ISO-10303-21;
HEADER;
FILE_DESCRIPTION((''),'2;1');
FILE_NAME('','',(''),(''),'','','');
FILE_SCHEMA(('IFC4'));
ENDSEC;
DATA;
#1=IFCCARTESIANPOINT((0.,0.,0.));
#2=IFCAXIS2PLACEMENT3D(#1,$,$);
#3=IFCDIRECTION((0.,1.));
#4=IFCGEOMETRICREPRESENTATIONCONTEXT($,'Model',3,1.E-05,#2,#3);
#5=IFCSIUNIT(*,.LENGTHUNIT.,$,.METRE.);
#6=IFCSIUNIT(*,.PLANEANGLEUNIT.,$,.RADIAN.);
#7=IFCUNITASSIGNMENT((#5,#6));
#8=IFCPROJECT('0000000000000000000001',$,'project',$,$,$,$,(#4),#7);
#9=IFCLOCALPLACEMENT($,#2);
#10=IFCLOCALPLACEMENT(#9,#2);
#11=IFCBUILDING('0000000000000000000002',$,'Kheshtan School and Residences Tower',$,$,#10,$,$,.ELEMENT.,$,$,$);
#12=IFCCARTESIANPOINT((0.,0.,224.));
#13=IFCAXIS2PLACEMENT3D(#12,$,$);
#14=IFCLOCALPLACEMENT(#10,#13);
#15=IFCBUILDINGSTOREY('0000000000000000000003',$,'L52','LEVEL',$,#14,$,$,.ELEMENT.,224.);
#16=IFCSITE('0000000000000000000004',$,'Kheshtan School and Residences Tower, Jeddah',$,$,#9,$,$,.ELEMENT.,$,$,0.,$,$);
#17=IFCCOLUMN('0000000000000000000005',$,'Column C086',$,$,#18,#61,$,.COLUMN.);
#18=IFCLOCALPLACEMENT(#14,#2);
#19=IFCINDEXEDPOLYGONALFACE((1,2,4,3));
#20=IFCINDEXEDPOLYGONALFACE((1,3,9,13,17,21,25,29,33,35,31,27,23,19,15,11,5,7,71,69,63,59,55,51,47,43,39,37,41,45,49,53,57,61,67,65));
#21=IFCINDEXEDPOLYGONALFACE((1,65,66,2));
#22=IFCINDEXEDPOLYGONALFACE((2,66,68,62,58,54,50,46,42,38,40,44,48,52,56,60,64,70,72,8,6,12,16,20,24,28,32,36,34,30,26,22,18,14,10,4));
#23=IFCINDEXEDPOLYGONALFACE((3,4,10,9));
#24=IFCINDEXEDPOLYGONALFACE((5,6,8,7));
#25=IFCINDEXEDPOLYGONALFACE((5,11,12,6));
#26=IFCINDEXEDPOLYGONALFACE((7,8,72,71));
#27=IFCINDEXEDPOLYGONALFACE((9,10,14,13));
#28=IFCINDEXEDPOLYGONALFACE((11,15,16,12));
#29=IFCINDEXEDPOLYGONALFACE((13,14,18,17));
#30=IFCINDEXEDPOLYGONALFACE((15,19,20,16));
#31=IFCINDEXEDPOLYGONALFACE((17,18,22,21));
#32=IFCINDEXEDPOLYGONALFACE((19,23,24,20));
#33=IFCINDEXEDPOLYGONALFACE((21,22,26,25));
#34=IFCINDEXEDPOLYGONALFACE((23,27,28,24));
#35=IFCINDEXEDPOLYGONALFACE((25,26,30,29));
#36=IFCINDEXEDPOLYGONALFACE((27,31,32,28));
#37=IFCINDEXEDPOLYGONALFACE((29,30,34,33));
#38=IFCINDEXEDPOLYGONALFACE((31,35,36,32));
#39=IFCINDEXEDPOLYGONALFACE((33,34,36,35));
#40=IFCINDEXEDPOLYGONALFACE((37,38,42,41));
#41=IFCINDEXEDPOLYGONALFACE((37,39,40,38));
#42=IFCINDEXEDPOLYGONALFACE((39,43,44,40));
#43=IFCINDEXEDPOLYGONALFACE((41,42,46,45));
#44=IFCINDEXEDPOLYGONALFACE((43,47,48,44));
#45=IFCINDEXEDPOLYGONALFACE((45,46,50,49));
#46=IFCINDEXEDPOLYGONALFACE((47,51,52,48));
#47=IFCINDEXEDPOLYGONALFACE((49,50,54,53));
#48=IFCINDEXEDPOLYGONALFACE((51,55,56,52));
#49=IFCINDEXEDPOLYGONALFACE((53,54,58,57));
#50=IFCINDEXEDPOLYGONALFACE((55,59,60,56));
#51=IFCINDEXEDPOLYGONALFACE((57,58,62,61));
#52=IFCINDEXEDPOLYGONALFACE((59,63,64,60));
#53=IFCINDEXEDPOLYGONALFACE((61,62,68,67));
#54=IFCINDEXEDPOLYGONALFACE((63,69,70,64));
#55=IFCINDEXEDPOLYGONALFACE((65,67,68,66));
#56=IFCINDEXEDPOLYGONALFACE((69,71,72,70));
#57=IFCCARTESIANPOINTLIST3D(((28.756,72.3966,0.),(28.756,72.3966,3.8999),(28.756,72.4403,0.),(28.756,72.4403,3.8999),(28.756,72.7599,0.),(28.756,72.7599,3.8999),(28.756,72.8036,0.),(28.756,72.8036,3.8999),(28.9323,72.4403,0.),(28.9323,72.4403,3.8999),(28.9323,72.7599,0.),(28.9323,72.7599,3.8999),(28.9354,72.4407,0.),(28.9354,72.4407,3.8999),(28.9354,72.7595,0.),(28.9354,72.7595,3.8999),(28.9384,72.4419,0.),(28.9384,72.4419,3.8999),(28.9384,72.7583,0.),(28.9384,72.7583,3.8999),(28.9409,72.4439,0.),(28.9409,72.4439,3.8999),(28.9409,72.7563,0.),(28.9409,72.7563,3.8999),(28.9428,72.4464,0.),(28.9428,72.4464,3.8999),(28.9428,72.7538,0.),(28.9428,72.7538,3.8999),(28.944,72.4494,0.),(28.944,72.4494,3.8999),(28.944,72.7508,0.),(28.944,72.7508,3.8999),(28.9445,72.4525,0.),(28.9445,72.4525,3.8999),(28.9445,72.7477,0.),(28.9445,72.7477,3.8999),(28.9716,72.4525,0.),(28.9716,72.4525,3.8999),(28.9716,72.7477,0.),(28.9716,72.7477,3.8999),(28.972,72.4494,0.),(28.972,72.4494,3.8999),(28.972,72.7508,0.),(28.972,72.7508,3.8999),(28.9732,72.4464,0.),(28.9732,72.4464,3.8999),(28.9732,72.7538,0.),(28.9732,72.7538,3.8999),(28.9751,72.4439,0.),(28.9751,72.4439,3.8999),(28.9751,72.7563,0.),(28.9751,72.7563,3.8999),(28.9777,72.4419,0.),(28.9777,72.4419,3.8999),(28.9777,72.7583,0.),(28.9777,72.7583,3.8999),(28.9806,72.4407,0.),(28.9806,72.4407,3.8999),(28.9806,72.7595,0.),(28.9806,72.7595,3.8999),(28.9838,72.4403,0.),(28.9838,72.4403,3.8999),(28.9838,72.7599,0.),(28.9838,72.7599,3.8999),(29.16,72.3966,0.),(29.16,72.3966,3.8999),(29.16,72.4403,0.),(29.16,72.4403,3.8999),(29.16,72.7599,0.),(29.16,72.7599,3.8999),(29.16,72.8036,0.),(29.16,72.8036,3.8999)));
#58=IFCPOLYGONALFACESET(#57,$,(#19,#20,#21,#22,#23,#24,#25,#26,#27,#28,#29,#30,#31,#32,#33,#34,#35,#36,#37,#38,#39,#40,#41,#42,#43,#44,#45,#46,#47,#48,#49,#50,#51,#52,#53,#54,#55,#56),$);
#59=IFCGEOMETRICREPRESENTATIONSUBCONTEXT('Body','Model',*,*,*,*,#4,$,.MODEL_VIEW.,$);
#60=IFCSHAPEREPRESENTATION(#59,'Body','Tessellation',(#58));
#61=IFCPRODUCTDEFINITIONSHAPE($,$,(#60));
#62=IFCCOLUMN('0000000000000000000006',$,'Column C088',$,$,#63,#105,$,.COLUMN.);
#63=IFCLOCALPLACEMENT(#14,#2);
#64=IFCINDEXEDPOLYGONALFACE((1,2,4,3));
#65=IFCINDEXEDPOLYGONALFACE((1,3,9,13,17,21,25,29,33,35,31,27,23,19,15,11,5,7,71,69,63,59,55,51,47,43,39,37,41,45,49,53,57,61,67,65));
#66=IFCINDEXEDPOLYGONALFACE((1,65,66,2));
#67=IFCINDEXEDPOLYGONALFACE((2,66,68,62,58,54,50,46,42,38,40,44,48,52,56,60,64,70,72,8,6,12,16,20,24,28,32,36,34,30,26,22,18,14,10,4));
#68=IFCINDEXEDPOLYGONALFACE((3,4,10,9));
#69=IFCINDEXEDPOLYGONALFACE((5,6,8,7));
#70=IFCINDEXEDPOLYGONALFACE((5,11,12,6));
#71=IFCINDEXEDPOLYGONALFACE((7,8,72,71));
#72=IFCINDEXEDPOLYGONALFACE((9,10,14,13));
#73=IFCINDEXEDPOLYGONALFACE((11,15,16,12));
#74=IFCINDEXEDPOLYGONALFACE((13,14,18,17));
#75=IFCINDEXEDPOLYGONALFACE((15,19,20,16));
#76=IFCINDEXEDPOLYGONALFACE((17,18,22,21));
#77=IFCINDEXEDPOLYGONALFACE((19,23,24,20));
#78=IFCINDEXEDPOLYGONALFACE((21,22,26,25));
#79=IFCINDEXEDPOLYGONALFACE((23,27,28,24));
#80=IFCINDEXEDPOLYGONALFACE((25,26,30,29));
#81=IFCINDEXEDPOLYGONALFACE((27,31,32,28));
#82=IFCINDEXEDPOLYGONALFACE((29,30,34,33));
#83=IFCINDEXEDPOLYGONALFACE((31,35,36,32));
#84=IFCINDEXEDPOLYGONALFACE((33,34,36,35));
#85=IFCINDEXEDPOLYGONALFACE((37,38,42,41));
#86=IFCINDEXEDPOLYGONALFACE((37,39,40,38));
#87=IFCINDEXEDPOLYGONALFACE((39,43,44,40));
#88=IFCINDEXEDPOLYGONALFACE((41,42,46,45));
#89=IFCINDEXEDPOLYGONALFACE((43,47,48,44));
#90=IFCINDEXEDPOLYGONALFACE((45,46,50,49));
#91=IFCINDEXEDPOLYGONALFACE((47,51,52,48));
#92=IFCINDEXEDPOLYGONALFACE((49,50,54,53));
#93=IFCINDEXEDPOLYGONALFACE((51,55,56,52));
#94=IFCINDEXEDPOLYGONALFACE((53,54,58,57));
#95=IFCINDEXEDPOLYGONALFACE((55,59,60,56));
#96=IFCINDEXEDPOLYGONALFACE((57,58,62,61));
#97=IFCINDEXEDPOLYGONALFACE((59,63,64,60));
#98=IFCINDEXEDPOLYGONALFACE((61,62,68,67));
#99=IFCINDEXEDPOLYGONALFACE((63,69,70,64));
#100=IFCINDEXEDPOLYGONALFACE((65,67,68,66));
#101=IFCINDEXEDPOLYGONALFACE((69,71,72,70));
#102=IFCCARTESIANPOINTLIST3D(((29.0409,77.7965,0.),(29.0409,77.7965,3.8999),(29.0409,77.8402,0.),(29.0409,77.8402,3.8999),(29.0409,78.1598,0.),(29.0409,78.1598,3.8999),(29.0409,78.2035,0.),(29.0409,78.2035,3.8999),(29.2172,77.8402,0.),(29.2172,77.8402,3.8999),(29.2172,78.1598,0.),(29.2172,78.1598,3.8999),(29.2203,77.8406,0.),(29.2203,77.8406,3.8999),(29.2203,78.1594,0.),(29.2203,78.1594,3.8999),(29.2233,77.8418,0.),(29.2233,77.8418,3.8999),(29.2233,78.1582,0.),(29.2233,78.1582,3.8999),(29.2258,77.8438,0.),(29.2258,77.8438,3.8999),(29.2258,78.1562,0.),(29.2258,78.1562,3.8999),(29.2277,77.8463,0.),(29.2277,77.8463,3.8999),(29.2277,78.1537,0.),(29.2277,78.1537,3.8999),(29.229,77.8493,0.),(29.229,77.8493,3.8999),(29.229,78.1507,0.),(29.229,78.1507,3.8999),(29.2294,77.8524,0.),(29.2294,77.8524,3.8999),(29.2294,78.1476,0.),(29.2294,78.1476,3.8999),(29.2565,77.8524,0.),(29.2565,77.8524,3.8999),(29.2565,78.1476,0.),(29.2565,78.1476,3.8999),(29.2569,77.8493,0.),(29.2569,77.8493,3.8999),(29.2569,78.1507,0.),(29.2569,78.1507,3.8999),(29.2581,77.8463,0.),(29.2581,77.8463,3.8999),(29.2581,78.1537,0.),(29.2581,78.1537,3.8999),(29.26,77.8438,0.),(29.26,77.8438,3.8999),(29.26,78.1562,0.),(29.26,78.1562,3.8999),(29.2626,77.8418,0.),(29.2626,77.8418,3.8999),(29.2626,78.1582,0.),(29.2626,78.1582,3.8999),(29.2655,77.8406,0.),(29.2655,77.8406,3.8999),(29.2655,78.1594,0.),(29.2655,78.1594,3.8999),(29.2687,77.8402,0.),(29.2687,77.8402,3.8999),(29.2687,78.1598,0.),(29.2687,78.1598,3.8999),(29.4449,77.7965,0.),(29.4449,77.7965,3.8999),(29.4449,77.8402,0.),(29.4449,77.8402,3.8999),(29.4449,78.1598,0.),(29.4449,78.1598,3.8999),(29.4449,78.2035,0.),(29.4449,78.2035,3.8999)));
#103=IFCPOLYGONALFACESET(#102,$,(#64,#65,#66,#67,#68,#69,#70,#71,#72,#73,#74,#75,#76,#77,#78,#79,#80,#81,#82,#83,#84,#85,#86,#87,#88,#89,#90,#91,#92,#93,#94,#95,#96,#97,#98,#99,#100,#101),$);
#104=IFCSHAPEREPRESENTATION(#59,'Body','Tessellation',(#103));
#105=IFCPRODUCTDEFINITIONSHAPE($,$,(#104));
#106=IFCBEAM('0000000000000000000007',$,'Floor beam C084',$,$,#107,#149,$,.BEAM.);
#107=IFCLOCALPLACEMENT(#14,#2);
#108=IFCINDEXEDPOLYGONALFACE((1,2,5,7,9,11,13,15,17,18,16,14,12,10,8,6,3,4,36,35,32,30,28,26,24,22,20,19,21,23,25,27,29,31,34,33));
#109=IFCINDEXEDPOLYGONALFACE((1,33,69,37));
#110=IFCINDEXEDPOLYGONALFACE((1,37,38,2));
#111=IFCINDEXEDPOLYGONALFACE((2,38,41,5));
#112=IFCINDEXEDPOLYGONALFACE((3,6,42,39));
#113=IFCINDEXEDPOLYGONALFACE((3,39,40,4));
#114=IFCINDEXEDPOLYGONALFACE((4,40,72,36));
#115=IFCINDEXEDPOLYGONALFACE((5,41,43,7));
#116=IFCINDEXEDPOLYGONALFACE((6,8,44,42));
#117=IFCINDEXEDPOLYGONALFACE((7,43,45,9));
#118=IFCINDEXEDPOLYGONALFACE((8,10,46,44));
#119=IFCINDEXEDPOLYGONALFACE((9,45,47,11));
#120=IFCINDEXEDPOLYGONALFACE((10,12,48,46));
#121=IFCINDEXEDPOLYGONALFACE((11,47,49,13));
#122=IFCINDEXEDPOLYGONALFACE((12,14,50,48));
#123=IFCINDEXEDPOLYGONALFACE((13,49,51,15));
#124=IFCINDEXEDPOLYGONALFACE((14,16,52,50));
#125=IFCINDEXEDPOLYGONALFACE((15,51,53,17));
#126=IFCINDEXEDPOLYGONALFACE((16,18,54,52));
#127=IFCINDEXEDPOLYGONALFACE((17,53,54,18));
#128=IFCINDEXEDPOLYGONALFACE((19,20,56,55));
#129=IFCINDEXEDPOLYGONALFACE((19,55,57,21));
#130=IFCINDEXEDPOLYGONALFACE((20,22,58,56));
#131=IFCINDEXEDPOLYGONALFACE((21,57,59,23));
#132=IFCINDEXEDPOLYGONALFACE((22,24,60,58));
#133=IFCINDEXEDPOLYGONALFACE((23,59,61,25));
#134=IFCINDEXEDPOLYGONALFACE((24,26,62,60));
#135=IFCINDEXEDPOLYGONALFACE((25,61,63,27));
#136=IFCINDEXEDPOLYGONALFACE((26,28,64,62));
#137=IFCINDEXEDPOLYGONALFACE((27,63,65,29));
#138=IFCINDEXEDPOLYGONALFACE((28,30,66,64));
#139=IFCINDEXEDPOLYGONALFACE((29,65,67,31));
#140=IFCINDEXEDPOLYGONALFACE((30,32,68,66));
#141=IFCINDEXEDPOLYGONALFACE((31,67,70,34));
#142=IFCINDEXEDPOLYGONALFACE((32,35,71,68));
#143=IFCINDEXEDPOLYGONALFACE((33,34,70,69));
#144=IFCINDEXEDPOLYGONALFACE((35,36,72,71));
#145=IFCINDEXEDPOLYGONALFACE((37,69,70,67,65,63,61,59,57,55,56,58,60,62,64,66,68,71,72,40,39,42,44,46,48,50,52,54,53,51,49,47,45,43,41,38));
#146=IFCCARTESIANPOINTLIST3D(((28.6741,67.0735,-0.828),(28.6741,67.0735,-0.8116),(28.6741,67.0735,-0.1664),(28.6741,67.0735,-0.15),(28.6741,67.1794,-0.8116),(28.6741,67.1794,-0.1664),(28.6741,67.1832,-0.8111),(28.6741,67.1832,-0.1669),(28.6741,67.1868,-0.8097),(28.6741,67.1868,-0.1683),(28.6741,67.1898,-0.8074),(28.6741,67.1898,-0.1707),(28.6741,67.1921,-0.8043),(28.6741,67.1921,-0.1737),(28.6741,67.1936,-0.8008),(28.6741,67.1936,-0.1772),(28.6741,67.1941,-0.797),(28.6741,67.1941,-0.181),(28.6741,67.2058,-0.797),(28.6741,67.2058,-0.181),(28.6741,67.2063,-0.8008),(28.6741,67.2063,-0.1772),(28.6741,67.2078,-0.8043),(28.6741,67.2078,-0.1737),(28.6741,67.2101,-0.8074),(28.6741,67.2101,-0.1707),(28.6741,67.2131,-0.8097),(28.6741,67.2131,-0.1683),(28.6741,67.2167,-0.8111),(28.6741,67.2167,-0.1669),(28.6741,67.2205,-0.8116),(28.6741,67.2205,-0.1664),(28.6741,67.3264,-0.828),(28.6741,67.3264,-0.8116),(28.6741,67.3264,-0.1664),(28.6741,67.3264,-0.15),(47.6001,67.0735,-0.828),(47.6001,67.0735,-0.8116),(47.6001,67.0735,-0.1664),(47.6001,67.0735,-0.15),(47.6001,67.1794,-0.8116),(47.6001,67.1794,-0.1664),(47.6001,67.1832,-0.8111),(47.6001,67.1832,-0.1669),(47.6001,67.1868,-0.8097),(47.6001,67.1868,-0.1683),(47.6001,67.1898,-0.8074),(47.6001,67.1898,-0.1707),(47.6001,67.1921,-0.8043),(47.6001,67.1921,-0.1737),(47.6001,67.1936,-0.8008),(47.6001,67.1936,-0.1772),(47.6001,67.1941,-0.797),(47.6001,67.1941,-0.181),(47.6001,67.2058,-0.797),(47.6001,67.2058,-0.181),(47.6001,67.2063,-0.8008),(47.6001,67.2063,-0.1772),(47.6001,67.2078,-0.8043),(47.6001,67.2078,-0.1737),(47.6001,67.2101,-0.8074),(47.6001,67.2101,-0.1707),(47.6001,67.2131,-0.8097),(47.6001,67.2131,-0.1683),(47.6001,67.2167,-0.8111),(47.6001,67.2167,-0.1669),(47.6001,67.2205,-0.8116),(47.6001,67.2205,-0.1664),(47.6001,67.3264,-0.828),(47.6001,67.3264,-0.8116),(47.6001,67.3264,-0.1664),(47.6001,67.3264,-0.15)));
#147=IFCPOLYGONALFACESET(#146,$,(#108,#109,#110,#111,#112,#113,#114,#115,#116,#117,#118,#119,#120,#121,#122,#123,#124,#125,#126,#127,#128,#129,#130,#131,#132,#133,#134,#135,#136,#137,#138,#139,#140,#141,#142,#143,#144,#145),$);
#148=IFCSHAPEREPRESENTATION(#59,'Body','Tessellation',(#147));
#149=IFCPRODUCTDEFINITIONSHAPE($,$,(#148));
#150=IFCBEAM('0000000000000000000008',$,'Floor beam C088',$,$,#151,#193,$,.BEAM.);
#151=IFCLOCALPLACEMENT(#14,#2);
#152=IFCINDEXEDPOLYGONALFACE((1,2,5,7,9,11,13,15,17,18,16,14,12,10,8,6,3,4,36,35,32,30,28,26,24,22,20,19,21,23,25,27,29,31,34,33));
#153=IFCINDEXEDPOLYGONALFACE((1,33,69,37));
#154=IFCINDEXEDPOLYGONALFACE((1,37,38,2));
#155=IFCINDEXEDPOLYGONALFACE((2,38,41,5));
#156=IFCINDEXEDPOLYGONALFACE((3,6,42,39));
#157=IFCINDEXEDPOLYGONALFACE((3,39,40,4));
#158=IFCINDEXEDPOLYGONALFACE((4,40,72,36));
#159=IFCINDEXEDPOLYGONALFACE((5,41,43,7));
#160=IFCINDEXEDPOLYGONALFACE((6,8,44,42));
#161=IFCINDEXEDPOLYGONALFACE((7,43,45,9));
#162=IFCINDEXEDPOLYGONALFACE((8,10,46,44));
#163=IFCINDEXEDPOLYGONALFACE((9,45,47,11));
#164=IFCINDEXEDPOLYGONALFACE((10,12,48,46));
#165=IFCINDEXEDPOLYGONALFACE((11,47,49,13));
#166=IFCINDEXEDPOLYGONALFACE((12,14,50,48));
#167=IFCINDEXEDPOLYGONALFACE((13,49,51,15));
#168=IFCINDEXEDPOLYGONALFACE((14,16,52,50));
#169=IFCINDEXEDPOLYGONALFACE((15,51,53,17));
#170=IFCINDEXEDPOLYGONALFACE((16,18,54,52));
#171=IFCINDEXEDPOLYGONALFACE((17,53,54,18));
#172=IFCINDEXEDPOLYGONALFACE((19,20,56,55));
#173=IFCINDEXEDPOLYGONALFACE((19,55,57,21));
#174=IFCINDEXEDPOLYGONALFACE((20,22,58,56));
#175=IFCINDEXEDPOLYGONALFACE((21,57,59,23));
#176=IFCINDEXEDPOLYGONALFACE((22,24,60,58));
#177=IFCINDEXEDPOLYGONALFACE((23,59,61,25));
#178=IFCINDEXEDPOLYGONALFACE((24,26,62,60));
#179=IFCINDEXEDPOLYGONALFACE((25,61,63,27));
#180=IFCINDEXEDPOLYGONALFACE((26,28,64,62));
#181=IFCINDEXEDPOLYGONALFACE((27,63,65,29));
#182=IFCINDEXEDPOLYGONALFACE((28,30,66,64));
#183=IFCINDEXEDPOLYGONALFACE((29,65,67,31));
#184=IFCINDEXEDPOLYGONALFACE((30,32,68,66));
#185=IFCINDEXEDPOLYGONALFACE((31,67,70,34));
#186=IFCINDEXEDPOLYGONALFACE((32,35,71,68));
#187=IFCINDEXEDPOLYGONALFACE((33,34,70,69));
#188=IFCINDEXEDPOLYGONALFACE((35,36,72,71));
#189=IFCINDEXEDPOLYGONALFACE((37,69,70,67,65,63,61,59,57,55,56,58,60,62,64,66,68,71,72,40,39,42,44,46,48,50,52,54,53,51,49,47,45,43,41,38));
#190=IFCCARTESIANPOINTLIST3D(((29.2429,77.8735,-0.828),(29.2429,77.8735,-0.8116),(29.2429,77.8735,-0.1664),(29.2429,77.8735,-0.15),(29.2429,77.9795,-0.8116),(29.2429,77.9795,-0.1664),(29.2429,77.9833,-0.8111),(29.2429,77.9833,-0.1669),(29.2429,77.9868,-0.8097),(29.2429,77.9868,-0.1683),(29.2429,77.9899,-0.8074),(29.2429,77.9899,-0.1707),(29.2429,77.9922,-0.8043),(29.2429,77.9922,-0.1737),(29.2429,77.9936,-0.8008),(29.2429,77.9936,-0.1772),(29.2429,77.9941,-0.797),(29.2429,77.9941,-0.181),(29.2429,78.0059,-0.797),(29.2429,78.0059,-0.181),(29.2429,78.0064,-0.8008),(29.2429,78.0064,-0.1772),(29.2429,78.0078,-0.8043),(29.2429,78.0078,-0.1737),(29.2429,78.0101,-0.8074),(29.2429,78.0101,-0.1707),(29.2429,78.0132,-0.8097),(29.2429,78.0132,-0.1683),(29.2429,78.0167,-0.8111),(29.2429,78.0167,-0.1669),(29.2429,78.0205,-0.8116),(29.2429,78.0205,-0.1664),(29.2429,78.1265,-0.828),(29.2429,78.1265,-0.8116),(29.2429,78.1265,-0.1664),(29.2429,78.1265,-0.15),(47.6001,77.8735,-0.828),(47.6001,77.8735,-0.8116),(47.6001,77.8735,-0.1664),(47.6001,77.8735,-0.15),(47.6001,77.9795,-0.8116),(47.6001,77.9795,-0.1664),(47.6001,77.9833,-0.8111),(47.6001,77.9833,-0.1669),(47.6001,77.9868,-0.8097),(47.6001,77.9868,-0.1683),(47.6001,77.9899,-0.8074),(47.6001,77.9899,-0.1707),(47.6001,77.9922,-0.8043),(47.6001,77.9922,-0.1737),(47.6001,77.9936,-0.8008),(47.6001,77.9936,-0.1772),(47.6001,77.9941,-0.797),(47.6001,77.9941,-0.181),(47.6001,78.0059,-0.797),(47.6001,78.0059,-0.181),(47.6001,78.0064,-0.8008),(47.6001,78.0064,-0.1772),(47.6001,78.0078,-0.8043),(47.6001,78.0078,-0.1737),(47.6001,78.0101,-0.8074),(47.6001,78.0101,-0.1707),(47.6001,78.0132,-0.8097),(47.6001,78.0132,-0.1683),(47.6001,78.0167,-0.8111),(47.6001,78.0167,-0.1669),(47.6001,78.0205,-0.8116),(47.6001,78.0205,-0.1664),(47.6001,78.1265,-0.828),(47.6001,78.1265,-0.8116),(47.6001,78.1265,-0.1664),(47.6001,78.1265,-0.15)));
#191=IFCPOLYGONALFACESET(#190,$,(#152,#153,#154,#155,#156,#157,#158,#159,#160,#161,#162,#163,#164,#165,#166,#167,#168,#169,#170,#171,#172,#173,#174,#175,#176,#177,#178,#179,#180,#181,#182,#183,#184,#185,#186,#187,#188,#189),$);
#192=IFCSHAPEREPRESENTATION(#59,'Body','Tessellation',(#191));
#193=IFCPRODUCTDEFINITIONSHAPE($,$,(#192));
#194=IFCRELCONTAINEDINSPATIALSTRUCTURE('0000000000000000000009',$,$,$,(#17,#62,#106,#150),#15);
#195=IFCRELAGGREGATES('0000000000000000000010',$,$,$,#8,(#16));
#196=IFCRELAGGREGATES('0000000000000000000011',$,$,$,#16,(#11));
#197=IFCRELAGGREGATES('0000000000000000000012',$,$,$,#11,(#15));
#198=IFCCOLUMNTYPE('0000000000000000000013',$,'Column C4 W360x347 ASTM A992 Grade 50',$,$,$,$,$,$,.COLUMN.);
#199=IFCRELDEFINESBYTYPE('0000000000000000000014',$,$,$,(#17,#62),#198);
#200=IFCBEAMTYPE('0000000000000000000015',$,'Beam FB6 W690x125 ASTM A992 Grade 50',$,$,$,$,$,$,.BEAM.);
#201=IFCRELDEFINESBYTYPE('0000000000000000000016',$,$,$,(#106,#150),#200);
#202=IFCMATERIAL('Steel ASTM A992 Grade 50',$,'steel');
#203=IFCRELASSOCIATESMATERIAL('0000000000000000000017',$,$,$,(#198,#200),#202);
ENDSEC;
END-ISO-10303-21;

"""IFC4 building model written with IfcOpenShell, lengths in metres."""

from ifc_helpers import new_model, si_unit, direction, frame, origin, origin_2d, place, context, subcontext, project, spatial, i_section, extrude, material, material_profile, profile_set, type_object, element, save


model = new_model("IFC4")

# Units and contexts
model_context = context("Model", 3, precision=1e-05, world=origin(), true_north=direction((0.0, 1.0)))
body_context = subcontext(model_context, "Body", "Model", "MODEL_VIEW")
ifc_project = project(units=[si_unit("LENGTHUNIT", "METRE"), si_unit("PLANEANGLEUNIT", "RADIAN")], contexts=[model_context])

# Site, building, storey
site_placement = place(None, origin())
site = spatial("IfcSite", under=ifc_project, at=site_placement, Name="Kheshtan School and Residences Tower, Jeddah", CompositionType="ELEMENT", RefElevation=0.0)
building_placement = place(site_placement, origin())
building = spatial("IfcBuilding", under=site, at=building_placement, Name="Kheshtan School and Residences Tower", CompositionType="ELEMENT")
storey_placement = place(building_placement, frame((0.0, 0.0, 224.0)))
storey = spatial("IfcBuildingStorey", under=building, at=storey_placement, Name="L52", Description="LEVEL", CompositionType="ELEMENT", Elevation=224.0)

# Columns
ifc_material_1 = material(Name="Steel ASTM A992 Grade 50", Category="steel")
ifc_material_profile_1 = material_profile(ifc_material_1, i_section(OverallWidth=0.4041, OverallDepth=0.407, WebThickness=0.0271, FlangeThickness=0.0437, FilletRadius=0.0122, at=origin_2d()), Name="W360x347")
ifc_profile_set_1 = profile_set([ifc_material_profile_1], Name="Steel ASTM A992 Grade 50")
column_type = type_object("IfcColumnType", Name="Column C4 W360x347 ASTM A992 Grade 50", PredefinedType="COLUMN", material=ifc_profile_set_1)
for number, where, z_axis, x_axis, name in (
    (1, (28.958, 72.6001, 0.0), (0.0, 0.0, 1.0), (1.0, 0.0, 0.0), "Column C086"),
    (2, (29.2429, 78.0, 0.0), (0.0, 0.0, 1.0), (1.0, 0.0, 0.0), "Column C088"),
):
    element("IfcColumn", number, at=place(storey_placement, frame(where, z_axis=z_axis, x_axis=x_axis)), inside=storey, type_object=column_type, Name=name, PredefinedType="COLUMN", context=body_context, shape_type="SweptSolid", body=[
        extrude(i_section(OverallWidth=0.4041, OverallDepth=0.407, WebThickness=0.0271, FlangeThickness=0.0437, FilletRadius=0.0122, at=origin_2d()), origin(), (0.0, 0.0, 1.0), 3.8999),
    ])

# Beams
ifc_material_profile_2 = material_profile(ifc_material_1, i_section(OverallWidth=0.2529, OverallDepth=0.678, WebThickness=0.0117, FlangeThickness=0.0164, FilletRadius=0.0146, at=origin_2d()), Name="W690x125")
ifc_profile_set_2 = profile_set([ifc_material_profile_2], Name="Steel ASTM A992 Grade 50")
beam_type_1 = type_object("IfcBeamType", Name="Beam FB6 W690x125 ASTM A992 Grade 50", PredefinedType="BEAM", material=ifc_profile_set_2)
beam_1_placement = place(storey_placement, frame((28.6741, 67.2, -0.489), z_axis=(1.0, 0.0, 0.0), x_axis=(0.0, 1.0, 0.0)))
element("IfcBeam", 3, at=beam_1_placement, inside=storey, type_object=beam_type_1, Name="Floor beam C084", PredefinedType="BEAM", context=body_context, shape_type="SweptSolid", body=[
    extrude(i_section(OverallWidth=0.2529, OverallDepth=0.678, WebThickness=0.0117, FlangeThickness=0.0164, FilletRadius=0.0146, at=origin_2d()), origin(), (0.0, 0.0, 1.0), 18.926),
])
beam_2_placement = place(storey_placement, frame((29.2429, 78.0, -0.489), z_axis=(1.0, 0.0, 0.0), x_axis=(0.0, 1.0, 0.0)))
element("IfcBeam", 4, at=beam_2_placement, inside=storey, type_object=beam_type_1, Name="Floor beam C088", PredefinedType="BEAM", context=body_context, shape_type="SweptSolid", body=[
    extrude(i_section(OverallWidth=0.2529, OverallDepth=0.678, WebThickness=0.0117, FlangeThickness=0.0164, FilletRadius=0.0146, at=origin_2d()), origin(), (0.0, 0.0, 1.0), 18.3572),
])

save(model, "model.ifc")
